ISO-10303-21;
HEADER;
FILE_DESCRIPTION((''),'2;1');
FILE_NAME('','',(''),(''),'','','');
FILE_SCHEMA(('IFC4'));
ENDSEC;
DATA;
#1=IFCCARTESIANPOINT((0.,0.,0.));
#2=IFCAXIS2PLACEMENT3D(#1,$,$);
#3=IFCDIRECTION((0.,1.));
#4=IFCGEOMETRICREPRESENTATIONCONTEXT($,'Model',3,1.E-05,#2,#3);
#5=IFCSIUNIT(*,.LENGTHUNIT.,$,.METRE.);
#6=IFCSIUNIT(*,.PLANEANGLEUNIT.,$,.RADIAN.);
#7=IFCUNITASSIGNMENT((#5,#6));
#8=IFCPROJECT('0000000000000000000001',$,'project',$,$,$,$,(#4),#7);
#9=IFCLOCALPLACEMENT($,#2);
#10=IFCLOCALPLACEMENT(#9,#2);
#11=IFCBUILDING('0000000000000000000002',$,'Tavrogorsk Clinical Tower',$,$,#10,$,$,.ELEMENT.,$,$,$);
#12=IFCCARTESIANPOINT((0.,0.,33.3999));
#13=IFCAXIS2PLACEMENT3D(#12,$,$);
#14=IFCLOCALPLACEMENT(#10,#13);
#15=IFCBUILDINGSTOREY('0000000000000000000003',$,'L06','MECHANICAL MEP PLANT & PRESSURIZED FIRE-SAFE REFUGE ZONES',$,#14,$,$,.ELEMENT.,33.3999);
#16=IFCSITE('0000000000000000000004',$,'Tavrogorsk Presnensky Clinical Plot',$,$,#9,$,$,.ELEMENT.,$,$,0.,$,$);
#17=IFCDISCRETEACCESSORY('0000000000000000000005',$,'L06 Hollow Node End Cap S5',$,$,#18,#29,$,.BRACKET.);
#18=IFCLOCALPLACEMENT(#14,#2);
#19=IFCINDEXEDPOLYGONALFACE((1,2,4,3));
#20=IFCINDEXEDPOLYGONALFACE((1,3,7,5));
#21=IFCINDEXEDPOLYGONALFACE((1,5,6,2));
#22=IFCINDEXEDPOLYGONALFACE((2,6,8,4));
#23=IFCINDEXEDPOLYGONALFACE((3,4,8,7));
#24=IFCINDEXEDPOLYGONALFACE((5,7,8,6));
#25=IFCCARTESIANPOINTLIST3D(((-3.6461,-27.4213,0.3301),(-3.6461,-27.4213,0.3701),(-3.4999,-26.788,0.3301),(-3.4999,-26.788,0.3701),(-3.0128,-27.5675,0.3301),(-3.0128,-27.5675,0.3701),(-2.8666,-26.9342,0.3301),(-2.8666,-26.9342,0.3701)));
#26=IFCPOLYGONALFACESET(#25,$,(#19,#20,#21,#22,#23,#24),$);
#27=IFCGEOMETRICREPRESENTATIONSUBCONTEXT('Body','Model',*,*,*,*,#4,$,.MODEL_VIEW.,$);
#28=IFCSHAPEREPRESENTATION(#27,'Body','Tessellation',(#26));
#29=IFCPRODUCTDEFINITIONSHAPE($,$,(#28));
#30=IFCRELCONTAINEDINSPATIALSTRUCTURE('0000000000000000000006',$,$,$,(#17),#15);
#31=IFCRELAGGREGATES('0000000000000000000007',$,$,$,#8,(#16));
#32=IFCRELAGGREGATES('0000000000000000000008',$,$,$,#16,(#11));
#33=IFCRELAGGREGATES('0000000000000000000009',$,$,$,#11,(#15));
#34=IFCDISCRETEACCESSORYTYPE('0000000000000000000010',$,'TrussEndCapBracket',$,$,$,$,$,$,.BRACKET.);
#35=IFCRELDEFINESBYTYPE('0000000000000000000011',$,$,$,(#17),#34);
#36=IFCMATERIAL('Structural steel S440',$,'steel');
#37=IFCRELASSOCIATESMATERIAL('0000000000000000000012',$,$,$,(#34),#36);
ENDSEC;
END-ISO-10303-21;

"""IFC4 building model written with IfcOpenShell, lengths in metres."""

from ifc_helpers import new_model, si_unit, direction, frame, origin, origin_2d, place, context, subcontext, project, spatial, rectangle, extrude, material, type_object, element, save


model = new_model("IFC4")

# Units and contexts
model_context = context("Model", 3, precision=1e-05, world=origin(), true_north=direction((0.0, 1.0)))
body_context = subcontext(model_context, "Body", "Model", "MODEL_VIEW")
ifc_project = project(units=[si_unit("LENGTHUNIT", "METRE"), si_unit("PLANEANGLEUNIT", "RADIAN")], contexts=[model_context])

# Site, building, storey
site_placement = place(None, origin())
site = spatial("IfcSite", under=ifc_project, at=site_placement, Name="Tavrogorsk Presnensky Clinical Plot", CompositionType="ELEMENT", RefElevation=0.0)
building_placement = place(site_placement, origin())
building = spatial("IfcBuilding", under=site, at=building_placement, Name="Tavrogorsk Clinical Tower", CompositionType="ELEMENT")
storey_placement = place(building_placement, frame((0.0, 0.0, 33.3999)))
storey = spatial("IfcBuildingStorey", under=building, at=storey_placement, Name="L06", Description="MECHANICAL MEP PLANT & PRESSURIZED FIRE-SAFE REFUGE ZONES", CompositionType="ELEMENT", Elevation=33.3999)

# Discrete accessory
ifc_material_1 = material(Name="Structural steel S440", Category="steel")
discrete_accessory_type_1 = type_object("IfcDiscreteAccessoryType", Name="TrussEndCapBracket", PredefinedType="BRACKET", material=ifc_material_1)
for number, where, z_axis, x_axis, name in (
    (1, (-3.2563, -27.1777, 0.3301), (0.0, 0.0, 1.0), (0.97437, -0.224951, 0.0), "L06 Hollow Node End Cap S5"),
):
    element("IfcDiscreteAccessory", number, at=place(storey_placement, frame(where, z_axis=z_axis, x_axis=x_axis)), inside=storey, type_object=discrete_accessory_type_1, Name=name, PredefinedType="BRACKET", context=body_context, shape_type="SweptSolid", body=[
        extrude(rectangle(XDim=0.6499, YDim=0.6499, at=origin_2d()), origin(), (0.0, 0.0, 1.0), 0.04),
    ])

save(model, "model.ifc")
